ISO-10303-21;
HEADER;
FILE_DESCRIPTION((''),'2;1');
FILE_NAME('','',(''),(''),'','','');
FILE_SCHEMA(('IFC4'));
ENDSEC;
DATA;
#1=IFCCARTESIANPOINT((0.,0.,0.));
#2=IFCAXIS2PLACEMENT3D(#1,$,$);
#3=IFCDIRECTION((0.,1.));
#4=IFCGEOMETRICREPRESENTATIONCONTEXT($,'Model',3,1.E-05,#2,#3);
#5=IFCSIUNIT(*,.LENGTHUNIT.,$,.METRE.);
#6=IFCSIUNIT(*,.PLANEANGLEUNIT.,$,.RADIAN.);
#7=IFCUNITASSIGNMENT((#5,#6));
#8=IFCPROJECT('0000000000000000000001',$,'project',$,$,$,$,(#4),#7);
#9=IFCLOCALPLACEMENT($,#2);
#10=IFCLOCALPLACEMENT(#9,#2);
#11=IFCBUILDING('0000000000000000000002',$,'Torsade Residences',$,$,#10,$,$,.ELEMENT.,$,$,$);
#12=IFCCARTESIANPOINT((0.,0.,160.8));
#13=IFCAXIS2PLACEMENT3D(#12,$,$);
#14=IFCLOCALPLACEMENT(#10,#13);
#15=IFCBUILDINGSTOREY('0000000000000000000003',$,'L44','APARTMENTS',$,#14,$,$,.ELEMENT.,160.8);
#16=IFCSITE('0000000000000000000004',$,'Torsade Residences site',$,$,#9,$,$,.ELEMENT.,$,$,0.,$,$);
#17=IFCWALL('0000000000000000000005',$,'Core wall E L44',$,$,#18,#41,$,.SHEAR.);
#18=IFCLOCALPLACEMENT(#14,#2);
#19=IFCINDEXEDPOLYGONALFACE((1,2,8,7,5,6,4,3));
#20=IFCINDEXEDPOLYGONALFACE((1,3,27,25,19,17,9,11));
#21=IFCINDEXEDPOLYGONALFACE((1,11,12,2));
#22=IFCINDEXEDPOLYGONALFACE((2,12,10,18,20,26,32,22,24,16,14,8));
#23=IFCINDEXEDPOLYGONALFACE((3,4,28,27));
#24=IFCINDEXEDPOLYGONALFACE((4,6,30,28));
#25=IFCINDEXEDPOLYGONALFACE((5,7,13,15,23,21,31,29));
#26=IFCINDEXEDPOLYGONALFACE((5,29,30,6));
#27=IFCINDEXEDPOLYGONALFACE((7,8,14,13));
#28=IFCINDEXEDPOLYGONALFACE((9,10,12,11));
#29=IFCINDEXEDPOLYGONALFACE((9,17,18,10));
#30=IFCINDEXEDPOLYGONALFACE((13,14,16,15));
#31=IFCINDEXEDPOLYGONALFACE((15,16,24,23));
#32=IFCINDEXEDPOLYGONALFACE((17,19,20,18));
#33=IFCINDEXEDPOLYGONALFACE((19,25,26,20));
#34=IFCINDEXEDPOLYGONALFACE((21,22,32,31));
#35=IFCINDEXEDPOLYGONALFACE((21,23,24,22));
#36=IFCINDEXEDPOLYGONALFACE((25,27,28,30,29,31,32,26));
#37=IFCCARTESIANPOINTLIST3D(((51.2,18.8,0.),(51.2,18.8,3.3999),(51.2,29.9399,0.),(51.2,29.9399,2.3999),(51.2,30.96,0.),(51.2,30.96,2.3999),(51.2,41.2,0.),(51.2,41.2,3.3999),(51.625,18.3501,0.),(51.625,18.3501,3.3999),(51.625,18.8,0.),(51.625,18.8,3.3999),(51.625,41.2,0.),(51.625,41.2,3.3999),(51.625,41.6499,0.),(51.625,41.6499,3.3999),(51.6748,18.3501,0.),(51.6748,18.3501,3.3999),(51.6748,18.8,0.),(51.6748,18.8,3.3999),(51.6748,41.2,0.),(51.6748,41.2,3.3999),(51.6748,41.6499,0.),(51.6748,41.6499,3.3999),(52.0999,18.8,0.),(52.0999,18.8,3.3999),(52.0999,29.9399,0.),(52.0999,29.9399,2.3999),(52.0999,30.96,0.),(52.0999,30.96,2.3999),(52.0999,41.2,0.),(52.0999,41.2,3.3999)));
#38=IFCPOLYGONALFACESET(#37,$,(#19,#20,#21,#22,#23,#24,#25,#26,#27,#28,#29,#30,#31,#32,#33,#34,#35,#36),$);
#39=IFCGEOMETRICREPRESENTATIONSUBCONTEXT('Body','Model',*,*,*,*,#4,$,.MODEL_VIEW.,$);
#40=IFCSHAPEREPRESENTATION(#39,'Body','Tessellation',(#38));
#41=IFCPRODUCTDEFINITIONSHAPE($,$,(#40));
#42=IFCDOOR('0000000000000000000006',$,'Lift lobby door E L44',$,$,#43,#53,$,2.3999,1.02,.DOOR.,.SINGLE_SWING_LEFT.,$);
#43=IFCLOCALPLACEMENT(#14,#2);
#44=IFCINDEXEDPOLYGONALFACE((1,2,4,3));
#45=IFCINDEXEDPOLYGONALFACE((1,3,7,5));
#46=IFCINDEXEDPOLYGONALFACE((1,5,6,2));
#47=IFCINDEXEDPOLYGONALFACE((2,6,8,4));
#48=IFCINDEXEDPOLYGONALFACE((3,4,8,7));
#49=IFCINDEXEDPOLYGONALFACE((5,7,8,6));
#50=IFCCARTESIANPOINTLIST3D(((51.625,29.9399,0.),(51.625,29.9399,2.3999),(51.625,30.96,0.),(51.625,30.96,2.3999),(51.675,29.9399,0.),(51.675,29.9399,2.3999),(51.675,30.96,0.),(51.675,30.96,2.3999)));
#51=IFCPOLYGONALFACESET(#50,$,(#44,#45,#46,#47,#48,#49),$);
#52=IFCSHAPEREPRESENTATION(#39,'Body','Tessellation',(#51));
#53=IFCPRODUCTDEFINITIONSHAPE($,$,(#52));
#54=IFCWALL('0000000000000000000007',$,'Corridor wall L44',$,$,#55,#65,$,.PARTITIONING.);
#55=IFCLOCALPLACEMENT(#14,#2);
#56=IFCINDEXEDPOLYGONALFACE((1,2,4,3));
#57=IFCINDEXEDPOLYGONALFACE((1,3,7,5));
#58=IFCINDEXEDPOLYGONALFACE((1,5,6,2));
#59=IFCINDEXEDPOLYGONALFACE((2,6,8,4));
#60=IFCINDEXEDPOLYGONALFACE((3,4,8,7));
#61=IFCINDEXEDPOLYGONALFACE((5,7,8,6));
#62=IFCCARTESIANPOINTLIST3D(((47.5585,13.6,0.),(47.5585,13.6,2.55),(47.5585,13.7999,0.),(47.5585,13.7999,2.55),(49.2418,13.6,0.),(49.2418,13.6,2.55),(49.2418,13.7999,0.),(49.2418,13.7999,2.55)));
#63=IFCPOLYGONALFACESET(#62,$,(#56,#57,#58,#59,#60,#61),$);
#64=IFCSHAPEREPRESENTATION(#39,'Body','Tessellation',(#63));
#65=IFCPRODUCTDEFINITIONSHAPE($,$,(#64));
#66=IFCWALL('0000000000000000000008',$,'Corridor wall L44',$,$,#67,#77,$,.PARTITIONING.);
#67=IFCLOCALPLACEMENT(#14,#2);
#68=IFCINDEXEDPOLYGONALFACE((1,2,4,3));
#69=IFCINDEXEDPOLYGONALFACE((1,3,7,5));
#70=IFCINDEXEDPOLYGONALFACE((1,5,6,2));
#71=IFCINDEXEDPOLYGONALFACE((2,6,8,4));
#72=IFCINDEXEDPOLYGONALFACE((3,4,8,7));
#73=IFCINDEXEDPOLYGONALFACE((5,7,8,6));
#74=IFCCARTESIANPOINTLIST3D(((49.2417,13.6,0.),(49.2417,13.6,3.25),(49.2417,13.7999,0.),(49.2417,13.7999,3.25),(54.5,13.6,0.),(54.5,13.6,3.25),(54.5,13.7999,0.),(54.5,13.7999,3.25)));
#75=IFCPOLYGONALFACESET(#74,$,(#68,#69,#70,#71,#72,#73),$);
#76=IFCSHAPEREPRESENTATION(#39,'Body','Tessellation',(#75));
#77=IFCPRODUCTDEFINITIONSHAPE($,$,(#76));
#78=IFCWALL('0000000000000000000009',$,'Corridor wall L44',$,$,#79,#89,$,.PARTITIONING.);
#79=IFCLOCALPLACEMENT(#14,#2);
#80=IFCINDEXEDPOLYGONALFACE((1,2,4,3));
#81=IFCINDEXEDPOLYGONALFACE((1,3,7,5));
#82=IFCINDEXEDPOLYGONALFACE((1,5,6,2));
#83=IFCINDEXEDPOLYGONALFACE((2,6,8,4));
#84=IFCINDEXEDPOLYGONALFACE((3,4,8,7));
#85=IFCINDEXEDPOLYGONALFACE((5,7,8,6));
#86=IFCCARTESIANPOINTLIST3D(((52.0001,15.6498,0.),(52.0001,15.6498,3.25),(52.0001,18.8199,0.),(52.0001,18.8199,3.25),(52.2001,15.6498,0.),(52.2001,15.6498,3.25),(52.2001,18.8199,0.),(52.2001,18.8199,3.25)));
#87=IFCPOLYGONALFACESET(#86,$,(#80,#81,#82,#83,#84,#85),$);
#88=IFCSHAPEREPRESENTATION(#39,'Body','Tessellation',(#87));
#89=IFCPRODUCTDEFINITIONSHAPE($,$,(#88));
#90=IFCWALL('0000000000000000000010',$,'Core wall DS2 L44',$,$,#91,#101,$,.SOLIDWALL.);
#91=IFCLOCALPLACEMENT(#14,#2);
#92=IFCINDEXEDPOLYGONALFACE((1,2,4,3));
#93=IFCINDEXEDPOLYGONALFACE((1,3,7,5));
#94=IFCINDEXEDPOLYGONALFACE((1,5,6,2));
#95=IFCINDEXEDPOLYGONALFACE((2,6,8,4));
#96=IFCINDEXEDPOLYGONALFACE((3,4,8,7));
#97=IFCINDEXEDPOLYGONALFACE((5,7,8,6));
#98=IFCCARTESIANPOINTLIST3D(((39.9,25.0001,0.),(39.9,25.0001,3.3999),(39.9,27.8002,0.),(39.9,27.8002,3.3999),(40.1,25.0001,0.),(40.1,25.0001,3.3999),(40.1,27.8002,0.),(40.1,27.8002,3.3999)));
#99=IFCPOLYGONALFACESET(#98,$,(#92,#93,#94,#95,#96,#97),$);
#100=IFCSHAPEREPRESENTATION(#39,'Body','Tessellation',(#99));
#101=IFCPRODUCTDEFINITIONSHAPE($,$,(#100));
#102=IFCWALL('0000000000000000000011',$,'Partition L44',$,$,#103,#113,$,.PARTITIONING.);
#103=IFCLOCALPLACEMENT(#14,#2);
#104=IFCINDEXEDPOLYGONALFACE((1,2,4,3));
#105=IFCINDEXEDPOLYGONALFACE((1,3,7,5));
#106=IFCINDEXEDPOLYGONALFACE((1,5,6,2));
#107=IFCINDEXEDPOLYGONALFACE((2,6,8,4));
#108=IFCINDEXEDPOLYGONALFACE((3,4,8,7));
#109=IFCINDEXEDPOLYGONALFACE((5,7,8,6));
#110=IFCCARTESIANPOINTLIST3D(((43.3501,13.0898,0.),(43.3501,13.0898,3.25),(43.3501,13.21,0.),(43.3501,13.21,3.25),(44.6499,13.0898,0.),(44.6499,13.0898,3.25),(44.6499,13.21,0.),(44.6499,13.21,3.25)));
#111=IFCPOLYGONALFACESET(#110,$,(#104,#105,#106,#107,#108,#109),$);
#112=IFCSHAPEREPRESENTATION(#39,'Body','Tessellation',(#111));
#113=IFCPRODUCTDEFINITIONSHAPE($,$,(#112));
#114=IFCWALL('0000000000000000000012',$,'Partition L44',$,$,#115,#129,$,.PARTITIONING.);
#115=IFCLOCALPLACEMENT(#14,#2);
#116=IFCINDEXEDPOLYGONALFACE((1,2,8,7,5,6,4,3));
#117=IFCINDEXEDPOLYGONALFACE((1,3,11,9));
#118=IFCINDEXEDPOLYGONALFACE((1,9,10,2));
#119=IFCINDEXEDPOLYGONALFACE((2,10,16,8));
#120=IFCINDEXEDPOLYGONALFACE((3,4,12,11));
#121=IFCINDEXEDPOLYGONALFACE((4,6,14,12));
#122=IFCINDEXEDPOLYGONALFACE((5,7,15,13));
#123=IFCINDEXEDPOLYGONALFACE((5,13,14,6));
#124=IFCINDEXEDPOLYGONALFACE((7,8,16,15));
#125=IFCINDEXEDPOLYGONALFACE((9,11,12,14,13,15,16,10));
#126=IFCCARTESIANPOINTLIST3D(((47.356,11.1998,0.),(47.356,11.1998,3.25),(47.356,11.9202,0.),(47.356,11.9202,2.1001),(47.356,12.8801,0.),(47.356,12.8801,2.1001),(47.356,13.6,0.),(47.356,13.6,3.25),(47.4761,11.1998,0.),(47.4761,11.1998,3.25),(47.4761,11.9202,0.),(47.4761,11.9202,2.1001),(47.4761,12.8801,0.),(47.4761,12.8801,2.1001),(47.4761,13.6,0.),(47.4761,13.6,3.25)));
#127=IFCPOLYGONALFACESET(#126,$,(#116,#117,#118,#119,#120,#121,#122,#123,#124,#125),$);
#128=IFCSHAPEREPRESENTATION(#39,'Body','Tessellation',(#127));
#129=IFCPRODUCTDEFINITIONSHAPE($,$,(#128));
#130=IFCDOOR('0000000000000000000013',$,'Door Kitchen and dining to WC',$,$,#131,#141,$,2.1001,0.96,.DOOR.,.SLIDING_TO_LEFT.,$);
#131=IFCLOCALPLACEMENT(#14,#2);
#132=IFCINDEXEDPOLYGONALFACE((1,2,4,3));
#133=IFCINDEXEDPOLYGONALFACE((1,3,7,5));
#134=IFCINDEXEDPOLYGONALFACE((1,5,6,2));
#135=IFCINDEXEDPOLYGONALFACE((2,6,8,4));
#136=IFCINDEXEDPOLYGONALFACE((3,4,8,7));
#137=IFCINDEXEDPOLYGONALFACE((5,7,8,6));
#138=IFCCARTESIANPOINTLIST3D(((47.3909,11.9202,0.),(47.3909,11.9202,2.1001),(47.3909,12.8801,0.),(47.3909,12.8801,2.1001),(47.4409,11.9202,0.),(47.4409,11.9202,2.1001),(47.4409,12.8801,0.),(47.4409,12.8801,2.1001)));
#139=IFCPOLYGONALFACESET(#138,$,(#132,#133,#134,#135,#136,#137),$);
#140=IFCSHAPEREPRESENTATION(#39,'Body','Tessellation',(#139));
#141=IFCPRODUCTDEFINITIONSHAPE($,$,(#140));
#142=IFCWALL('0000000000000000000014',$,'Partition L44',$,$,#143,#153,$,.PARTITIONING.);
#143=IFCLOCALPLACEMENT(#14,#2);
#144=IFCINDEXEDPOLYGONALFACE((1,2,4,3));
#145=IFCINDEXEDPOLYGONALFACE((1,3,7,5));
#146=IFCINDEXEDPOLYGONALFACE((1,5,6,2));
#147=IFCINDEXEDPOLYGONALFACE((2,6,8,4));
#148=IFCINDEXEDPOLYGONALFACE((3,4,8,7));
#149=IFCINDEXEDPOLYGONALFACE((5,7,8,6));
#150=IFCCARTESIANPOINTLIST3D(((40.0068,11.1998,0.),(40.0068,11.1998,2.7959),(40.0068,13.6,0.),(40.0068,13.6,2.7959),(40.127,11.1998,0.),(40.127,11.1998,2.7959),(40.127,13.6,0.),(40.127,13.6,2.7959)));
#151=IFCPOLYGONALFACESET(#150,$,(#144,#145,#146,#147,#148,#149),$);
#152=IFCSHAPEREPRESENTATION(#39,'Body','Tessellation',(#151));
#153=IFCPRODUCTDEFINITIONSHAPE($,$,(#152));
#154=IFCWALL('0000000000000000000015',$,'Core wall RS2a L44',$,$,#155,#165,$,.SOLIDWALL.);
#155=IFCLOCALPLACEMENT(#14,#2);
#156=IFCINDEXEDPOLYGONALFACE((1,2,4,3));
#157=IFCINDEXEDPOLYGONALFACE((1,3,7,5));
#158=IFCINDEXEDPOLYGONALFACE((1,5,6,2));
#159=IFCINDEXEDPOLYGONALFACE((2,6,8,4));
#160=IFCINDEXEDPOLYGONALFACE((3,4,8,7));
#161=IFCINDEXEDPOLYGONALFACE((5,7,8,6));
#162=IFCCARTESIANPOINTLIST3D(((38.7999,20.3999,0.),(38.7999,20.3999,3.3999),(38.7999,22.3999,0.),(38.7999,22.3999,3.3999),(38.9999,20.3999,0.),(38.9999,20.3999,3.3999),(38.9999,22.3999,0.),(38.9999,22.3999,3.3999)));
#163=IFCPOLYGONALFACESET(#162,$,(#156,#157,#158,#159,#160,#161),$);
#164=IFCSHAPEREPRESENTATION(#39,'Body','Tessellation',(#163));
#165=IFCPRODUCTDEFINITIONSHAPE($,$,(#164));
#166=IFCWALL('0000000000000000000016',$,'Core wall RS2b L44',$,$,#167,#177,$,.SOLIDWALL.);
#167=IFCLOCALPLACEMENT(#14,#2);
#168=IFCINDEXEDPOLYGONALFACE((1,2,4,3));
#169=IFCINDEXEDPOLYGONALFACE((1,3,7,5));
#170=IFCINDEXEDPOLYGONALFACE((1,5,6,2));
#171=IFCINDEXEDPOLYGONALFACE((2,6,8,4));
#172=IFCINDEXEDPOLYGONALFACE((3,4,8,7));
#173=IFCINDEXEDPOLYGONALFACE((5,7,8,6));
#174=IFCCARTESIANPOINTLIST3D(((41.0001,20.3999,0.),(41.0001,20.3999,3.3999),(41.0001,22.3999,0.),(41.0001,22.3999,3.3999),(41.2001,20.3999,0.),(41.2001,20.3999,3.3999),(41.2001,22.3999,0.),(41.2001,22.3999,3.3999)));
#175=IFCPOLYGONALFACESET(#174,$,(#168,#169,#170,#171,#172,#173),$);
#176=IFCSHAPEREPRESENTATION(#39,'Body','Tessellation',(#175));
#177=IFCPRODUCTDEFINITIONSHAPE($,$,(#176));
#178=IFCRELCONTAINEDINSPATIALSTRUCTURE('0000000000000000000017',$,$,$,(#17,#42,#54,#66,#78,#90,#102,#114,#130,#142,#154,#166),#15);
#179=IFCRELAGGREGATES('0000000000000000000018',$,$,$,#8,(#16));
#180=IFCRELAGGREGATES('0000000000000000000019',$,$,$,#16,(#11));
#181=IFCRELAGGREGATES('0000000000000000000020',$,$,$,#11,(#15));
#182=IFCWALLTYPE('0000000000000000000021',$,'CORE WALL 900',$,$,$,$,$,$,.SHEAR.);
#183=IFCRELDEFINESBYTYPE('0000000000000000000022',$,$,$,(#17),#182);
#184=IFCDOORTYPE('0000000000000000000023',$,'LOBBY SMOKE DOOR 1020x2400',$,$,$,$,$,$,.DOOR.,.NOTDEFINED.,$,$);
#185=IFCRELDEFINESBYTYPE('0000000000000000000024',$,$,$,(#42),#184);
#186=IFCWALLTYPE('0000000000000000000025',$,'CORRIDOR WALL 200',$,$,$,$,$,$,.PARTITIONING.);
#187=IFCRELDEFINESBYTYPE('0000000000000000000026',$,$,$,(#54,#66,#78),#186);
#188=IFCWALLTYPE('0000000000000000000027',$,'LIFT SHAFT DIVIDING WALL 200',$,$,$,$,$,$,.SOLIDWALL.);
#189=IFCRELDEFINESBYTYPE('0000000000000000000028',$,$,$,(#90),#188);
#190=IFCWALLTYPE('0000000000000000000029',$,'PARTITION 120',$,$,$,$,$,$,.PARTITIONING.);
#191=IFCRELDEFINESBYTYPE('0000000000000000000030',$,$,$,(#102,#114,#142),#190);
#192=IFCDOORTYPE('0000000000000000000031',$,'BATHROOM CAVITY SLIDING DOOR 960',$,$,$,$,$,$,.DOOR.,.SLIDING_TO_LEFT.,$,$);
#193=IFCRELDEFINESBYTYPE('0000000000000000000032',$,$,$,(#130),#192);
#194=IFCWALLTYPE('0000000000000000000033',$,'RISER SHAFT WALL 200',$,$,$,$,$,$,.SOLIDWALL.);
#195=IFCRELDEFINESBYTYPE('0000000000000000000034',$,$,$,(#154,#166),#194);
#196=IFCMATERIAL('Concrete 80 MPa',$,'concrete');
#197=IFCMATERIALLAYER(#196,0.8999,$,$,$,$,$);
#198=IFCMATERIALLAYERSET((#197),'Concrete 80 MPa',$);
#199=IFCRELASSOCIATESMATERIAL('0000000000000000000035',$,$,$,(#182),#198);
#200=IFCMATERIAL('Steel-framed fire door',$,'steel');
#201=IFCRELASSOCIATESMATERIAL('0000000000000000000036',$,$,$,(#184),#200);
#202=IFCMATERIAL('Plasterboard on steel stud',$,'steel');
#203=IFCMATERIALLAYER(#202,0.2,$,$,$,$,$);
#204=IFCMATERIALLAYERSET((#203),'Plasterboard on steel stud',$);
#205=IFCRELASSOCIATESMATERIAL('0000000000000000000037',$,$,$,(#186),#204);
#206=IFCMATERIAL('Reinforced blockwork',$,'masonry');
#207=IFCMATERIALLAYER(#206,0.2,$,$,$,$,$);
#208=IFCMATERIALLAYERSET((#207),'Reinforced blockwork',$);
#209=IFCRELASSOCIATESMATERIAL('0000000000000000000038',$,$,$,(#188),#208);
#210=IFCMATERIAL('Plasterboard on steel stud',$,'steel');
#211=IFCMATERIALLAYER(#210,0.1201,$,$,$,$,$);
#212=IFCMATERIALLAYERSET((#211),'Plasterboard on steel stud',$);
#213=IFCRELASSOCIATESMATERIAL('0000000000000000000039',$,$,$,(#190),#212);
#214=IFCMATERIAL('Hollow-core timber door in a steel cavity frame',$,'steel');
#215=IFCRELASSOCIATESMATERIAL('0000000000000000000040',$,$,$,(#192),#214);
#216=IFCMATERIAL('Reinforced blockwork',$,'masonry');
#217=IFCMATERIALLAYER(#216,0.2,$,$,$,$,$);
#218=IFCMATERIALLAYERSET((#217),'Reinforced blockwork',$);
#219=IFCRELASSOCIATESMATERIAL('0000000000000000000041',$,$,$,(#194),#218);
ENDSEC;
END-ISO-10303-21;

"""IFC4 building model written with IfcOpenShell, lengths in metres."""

from ifc_helpers import new_model, si_unit, direction, frame, frame_2d, origin, place, context, subcontext, project, spatial, polyline, rectangle, outline, extrude, material, layer, layer_set, type_object, element, fill, save


model = new_model("IFC4")

# Units and contexts
model_context = context("Model", 3, precision=1e-05, world=origin(), true_north=direction((0.0, 1.0)))
body_context = subcontext(model_context, "Body", "Model", "MODEL_VIEW")
ifc_project = project(units=[si_unit("LENGTHUNIT", "METRE"), si_unit("PLANEANGLEUNIT", "RADIAN")], contexts=[model_context])

# Site, building, storey
site_placement = place(None, origin())
site = spatial("IfcSite", under=ifc_project, at=site_placement, Name="Torsade Residences site", CompositionType="ELEMENT", RefElevation=0.0)
building_placement = place(site_placement, origin())
building = spatial("IfcBuilding", under=site, at=building_placement, Name="Torsade Residences", CompositionType="ELEMENT")
storey_placement = place(building_placement, frame((0.0, 0.0, 160.8)))
storey = spatial("IfcBuildingStorey", under=building, at=storey_placement, Name="L44", Description="APARTMENTS", CompositionType="ELEMENT", Elevation=160.8)

# Shared definitions
ifc_material_1 = material(Name="Concrete 80 MPa", Category="concrete")
ifc_layer_1 = layer(ifc_material_1, 0.8999)
ifc_layer_set_1 = layer_set([ifc_layer_1], Name="Concrete 80 MPa")
wall_type_1 = type_object("IfcWallType", Name="CORE WALL 900", PredefinedType="SHEAR", material=ifc_layer_set_1)

# Wall, opening, door
wall_1_placement = place(storey_placement, frame((51.6499, 18.8, 0.0), z_axis=(0.0, 0.0, 1.0), x_axis=(0.0, 1.0, 0.0)))
wall_1 = element("IfcWall", 1, at=wall_1_placement, inside=storey, type_object=wall_type_1, Name="Core wall E L44", PredefinedType="SHEAR", context=body_context, shape_type="SweptSolid", body=[
    extrude(outline(polyline([(0.0, -0.45), (22.3999, -0.45), (22.3999, -0.0249), (22.8499, -0.0249), (22.8499, 0.0249), (22.3999, 0.0249), (22.3999, 0.45), (0.0, 0.45), (0.0, 0.0249), (-0.45, 0.0249), (-0.45, -0.0249), (0.0, -0.0249), (0.0, -0.45)])), origin(), (0.0, 0.0, 1.0), 3.3999),
])
opening_1_placement = place(wall_1_placement, frame((11.1399, 0.0, 0.0)))
opening_1 = element("IfcOpeningElement", 2, at=opening_1_placement, cuts=wall_1, PredefinedType="OPENING", context=body_context, shape_type="SweptSolid", body=[
    extrude(rectangle(XDim=1.02, YDim=2.3999, at=frame_2d((0.51, 1.2))), frame((0.0, 0.46, 0.0), z_axis=(0.0, -1.0, 0.0), x_axis=(1.0, 0.0, 0.0)), (0.0, 0.0, 1.0), 0.9199),
])
ifc_material_2 = material(Name="Steel-framed fire door", Category="steel")
door_type_1 = type_object("IfcDoorType", Name="LOBBY SMOKE DOOR 1020x2400", OperationType="NOTDEFINED", PredefinedType="DOOR", material=ifc_material_2)
door_1_placement = place(opening_1_placement, origin())
door_1 = element("IfcDoor", 3, at=door_1_placement, inside=storey, type_object=door_type_1, Name="Lift lobby door E L44", OperationType="SINGLE_SWING_LEFT", OverallHeight=2.3999, OverallWidth=1.02, PredefinedType="DOOR", context=body_context, shape_type="SweptSolid", body=[
    extrude(rectangle(XDim=1.02, YDim=2.3999, at=frame_2d((0.51, 1.2))), frame((0.0, 0.0249, 0.0), z_axis=(0.0, -1.0, 0.0), x_axis=(1.0, 0.0, 0.0)), (0.0, 0.0, 1.0), 0.05),
])
fill(opening_1, door_1)

# Walls
ifc_material_3 = material(Name="Plasterboard on steel stud", Category="steel")
ifc_layer_2 = layer(ifc_material_3, 0.2)
ifc_layer_set_2 = layer_set([ifc_layer_2], Name="Plasterboard on steel stud")
wall_type_2 = type_object("IfcWallType", Name="CORRIDOR WALL 200", PredefinedType="PARTITIONING", material=ifc_layer_set_2)
wall_2_placement = place(storey_placement, frame((47.5583, 13.7, 0.0), z_axis=(0.0, 0.0, 1.0), x_axis=(1.0, 0.0, 0.0)))
element("IfcWall", 4, at=wall_2_placement, inside=storey, type_object=wall_type_2, Name="Corridor wall L44", PredefinedType="PARTITIONING", context=body_context, shape_type="SweptSolid", body=[
    extrude(rectangle(XDim=1.6833, YDim=0.2, at=frame_2d((0.8418, 0.0))), origin(), (0.0, 0.0, 1.0), 2.55),
])
wall_3_placement = place(storey_placement, frame((49.2417, 13.7, 0.0), z_axis=(0.0, 0.0, 1.0), x_axis=(1.0, 0.0, 0.0)))
element("IfcWall", 5, at=wall_3_placement, inside=storey, type_object=wall_type_2, Name="Corridor wall L44", PredefinedType="PARTITIONING", context=body_context, shape_type="SweptSolid", body=[
    extrude(rectangle(XDim=5.2583, YDim=0.2, at=frame_2d((2.6292, 0.0))), origin(), (0.0, 0.0, 1.0), 3.25),
])
wall_4_placement = place(storey_placement, frame((52.1001, 15.6499, 0.0), z_axis=(0.0, 0.0, 1.0), x_axis=(0.0, 1.0, 0.0)))
element("IfcWall", 6, at=wall_4_placement, inside=storey, type_object=wall_type_2, Name="Corridor wall L44", PredefinedType="PARTITIONING", context=body_context, shape_type="SweptSolid", body=[
    extrude(rectangle(XDim=3.1702, YDim=0.2, at=frame_2d((1.585, 0.0))), origin(), (0.0, 0.0, 1.0), 3.25),
])
ifc_material_4 = material(Name="Reinforced blockwork", Category="masonry")
ifc_layer_3 = layer(ifc_material_4, 0.2)
ifc_layer_set_3 = layer_set([ifc_layer_3], Name="Reinforced blockwork")
wall_type_3 = type_object("IfcWallType", Name="LIFT SHAFT DIVIDING WALL 200", PredefinedType="SOLIDWALL", material=ifc_layer_set_3)
wall_5_placement = place(storey_placement, frame((40.0, 27.8, 0.0), z_axis=(0.0, 0.0, 1.0), x_axis=(0.0, -1.0, 0.0)))
element("IfcWall", 7, at=wall_5_placement, inside=storey, type_object=wall_type_3, Name="Core wall DS2 L44", PredefinedType="SOLIDWALL", context=body_context, shape_type="SweptSolid", body=[
    extrude(rectangle(XDim=2.8, YDim=0.2, at=frame_2d((1.3999, 0.0))), origin(), (0.0, 0.0, 1.0), 3.3999),
])
ifc_material_5 = material(Name="Plasterboard on steel stud", Category="steel")
ifc_layer_4 = layer(ifc_material_5, 0.1201)
ifc_layer_set_4 = layer_set([ifc_layer_4], Name="Plasterboard on steel stud")
wall_type_4 = type_object("IfcWallType", Name="PARTITION 120", PredefinedType="PARTITIONING", material=ifc_layer_set_4)
wall_6_placement = place(storey_placement, frame((44.6499, 13.1499, 0.0), z_axis=(0.0, 0.0, 1.0), x_axis=(-1.0, 0.0, 0.0)))
element("IfcWall", 8, at=wall_6_placement, inside=storey, type_object=wall_type_4, Name="Partition L44", PredefinedType="PARTITIONING", context=body_context, shape_type="SweptSolid", body=[
    extrude(rectangle(XDim=1.2998, YDim=0.1201, at=frame_2d((0.6499, 0.0))), origin(), (0.0, 0.0, 1.0), 3.25),
])

# Wall, opening, door
wall_7_placement = place(storey_placement, frame((47.416, 13.6001, 0.0), z_axis=(0.0, 0.0, 1.0), x_axis=(0.0, -1.0, 0.0)))
wall_7 = element("IfcWall", 9, at=wall_7_placement, inside=storey, type_object=wall_type_4, Name="Partition L44", PredefinedType="PARTITIONING", context=body_context, shape_type="SweptSolid", body=[
    extrude(rectangle(XDim=2.4001, YDim=0.1201, at=frame_2d((1.2002, 0.0))), origin(), (0.0, 0.0, 1.0), 3.25),
])
opening_2_placement = place(wall_7_placement, frame((0.72, 0.0, 0.0)))
opening_2 = element("IfcOpeningElement", 10, at=opening_2_placement, cuts=wall_7, PredefinedType="OPENING", context=body_context, shape_type="SweptSolid", body=[
    extrude(rectangle(XDim=0.96, YDim=2.1001, at=frame_2d((0.48, 1.05))), frame((0.0, 0.0701, 0.0), z_axis=(0.0, -1.0, 0.0), x_axis=(1.0, 0.0, 0.0)), (0.0, 0.0, 1.0), 0.1401),
])
ifc_material_6 = material(Name="Hollow-core timber door in a steel cavity frame", Category="steel")
door_type_2 = type_object("IfcDoorType", Name="BATHROOM CAVITY SLIDING DOOR 960", OperationType="SLIDING_TO_LEFT", PredefinedType="DOOR", material=ifc_material_6)
door_2_placement = place(opening_2_placement, origin())
door_2 = element("IfcDoor", 11, at=door_2_placement, inside=storey, type_object=door_type_2, Name="Door Kitchen and dining to WC", OperationType="SLIDING_TO_LEFT", OverallHeight=2.1001, OverallWidth=0.96, PredefinedType="DOOR", context=body_context, shape_type="SweptSolid", body=[
    extrude(rectangle(XDim=0.96, YDim=2.1001, at=frame_2d((0.48, 1.05))), frame((0.0, 0.0249, 0.0), z_axis=(0.0, -1.0, 0.0), x_axis=(1.0, 0.0, 0.0)), (0.0, 0.0, 1.0), 0.05),
])
fill(opening_2, door_2)

# Walls
wall_8_placement = place(storey_placement, frame((40.0669, 13.6001, 0.0), z_axis=(0.0, 0.0, 1.0), x_axis=(0.0, -1.0, 0.0)))
element("IfcWall", 12, at=wall_8_placement, inside=storey, type_object=wall_type_4, Name="Partition L44", PredefinedType="PARTITIONING", context=body_context, shape_type="SweptSolid", body=[
    extrude(rectangle(XDim=2.4001, YDim=0.1201, at=frame_2d((1.2002, 0.0))), origin(), (0.0, 0.0, 1.0), 2.7959),
])
ifc_material_7 = material(Name="Reinforced blockwork", Category="masonry")
ifc_layer_5 = layer(ifc_material_7, 0.2)
ifc_layer_set_5 = layer_set([ifc_layer_5], Name="Reinforced blockwork")
wall_type_5 = type_object("IfcWallType", Name="RISER SHAFT WALL 200", PredefinedType="SOLIDWALL", material=ifc_layer_set_5)
for number, where, z_axis, x_axis, name in (
    (13, (38.8999, 22.3999, 0.0), (0.0, 0.0, 1.0), (0.0, -1.0, 0.0), "Core wall RS2a L44"),
    (14, (41.1001, 22.3999, 0.0), (0.0, 0.0, 1.0), (0.0, -1.0, 0.0), "Core wall RS2b L44"),
):
    element("IfcWall", number, at=place(storey_placement, frame(where, z_axis=z_axis, x_axis=x_axis)), inside=storey, type_object=wall_type_5, Name=name, PredefinedType="SOLIDWALL", context=body_context, shape_type="SweptSolid", body=[
        extrude(rectangle(XDim=2.0, YDim=0.2, at=frame_2d((1.0, 0.0))), origin(), (0.0, 0.0, 1.0), 3.3999),
    ])

save(model, "model.ifc")
